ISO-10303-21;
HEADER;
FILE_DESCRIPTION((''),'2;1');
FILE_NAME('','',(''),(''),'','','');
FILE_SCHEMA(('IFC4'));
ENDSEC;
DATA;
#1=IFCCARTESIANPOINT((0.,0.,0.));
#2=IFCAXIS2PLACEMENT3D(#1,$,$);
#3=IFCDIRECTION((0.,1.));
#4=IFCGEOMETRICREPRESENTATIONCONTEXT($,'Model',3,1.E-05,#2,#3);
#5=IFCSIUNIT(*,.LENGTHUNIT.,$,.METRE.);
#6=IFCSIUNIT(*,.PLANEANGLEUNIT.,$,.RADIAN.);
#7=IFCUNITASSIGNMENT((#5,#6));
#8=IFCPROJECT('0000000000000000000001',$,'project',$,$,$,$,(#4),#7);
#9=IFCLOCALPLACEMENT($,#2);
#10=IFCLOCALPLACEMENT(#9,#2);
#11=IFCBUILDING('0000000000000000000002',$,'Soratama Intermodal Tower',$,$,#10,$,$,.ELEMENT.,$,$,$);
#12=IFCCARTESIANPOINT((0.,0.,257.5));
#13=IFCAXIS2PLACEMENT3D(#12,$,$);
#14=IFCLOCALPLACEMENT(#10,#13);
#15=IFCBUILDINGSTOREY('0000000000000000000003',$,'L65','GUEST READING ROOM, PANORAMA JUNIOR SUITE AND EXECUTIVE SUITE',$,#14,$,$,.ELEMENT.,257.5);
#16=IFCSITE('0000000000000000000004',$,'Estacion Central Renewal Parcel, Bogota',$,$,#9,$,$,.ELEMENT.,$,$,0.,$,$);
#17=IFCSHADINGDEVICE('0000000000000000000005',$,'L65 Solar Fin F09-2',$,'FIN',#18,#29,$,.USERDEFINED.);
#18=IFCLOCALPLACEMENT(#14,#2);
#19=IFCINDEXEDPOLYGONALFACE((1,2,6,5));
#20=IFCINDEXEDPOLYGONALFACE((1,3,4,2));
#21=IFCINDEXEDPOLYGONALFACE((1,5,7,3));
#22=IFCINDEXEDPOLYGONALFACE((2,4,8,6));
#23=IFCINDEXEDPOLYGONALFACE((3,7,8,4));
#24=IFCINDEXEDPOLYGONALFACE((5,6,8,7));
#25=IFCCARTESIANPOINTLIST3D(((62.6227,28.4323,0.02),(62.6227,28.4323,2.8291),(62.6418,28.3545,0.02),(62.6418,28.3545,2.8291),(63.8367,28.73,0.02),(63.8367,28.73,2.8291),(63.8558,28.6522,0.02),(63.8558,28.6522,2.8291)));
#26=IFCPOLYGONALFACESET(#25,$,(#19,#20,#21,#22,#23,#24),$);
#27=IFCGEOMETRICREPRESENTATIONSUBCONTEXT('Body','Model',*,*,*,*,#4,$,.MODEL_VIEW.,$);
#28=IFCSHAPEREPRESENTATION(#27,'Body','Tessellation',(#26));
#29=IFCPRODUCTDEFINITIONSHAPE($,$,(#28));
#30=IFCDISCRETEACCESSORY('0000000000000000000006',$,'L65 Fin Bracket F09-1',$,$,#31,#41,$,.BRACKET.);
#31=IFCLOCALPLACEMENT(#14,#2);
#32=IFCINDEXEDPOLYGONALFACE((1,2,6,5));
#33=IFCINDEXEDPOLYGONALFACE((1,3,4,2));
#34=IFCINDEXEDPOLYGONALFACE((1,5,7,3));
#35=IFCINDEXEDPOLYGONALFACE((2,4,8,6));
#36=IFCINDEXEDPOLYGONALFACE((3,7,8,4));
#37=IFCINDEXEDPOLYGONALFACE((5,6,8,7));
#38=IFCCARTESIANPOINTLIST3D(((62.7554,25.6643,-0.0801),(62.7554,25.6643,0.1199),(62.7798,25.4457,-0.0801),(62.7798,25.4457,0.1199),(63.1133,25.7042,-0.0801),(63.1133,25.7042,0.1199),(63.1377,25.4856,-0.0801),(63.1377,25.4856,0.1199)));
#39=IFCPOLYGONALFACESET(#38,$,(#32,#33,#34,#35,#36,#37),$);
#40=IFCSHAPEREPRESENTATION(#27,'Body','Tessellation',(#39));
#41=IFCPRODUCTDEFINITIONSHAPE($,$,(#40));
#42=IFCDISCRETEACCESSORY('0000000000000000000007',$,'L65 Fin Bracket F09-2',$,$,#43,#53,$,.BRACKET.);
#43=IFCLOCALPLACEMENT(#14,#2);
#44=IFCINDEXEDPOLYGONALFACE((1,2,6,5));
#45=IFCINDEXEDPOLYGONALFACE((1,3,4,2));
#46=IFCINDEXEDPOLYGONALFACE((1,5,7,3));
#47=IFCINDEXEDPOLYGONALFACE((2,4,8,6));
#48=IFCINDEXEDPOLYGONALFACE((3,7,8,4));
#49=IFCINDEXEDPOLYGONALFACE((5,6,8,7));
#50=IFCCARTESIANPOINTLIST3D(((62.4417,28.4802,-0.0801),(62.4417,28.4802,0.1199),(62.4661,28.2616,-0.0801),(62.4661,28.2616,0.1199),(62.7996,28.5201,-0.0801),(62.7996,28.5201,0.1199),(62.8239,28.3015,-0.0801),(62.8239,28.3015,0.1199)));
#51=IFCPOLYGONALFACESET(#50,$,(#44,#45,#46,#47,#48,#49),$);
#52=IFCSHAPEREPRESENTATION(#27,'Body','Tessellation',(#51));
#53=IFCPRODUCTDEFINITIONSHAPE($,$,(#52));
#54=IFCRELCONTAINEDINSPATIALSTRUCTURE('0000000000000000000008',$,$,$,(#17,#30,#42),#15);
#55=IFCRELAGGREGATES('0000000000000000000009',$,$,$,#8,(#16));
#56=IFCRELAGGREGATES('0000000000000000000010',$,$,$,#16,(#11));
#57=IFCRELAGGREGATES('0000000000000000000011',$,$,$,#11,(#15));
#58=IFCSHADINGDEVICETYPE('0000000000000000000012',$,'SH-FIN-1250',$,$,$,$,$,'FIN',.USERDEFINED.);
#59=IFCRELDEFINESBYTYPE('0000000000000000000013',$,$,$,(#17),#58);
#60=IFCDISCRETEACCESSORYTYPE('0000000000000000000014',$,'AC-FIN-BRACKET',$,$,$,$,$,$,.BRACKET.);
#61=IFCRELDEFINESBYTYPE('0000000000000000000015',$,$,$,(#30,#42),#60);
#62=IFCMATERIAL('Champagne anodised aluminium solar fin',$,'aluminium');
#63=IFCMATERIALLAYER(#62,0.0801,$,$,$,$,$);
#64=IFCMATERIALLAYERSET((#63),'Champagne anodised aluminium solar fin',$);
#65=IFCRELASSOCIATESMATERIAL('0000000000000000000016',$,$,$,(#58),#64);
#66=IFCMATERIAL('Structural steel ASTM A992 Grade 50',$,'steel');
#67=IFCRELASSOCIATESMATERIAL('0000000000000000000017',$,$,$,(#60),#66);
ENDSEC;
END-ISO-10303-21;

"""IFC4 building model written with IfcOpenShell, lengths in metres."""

from ifc_helpers import new_model, si_unit, direction, frame, origin, origin_2d, place, context, subcontext, project, spatial, rectangle, extrude, material, layer, layer_set, type_object, element, save


model = new_model("IFC4")

# Units and contexts
model_context = context("Model", 3, precision=1e-05, world=origin(), true_north=direction((0.0, 1.0)))
body_context = subcontext(model_context, "Body", "Model", "MODEL_VIEW")
ifc_project = project(units=[si_unit("LENGTHUNIT", "METRE"), si_unit("PLANEANGLEUNIT", "RADIAN")], contexts=[model_context])

# Site, building, storey
site_placement = place(None, origin())
site = spatial("IfcSite", under=ifc_project, at=site_placement, Name="Estacion Central Renewal Parcel, Bogota", CompositionType="ELEMENT", RefElevation=0.0)
building_placement = place(site_placement, origin())
building = spatial("IfcBuilding", under=site, at=building_placement, Name="Soratama Intermodal Tower", CompositionType="ELEMENT")
storey_placement = place(building_placement, frame((0.0, 0.0, 257.5)))
storey = spatial("IfcBuildingStorey", under=building, at=storey_placement, Name="L65", Description="GUEST READING ROOM, PANORAMA JUNIOR SUITE AND EXECUTIVE SUITE", CompositionType="ELEMENT", Elevation=257.5)

# Shading device
ifc_material_1 = material(Name="Champagne anodised aluminium solar fin", Category="aluminium")
ifc_layer_1 = layer(ifc_material_1, 0.0801)
ifc_layer_set_1 = layer_set([ifc_layer_1], Name="Champagne anodised aluminium solar fin")
shading_device_type = type_object("IfcShadingDeviceType", Name="SH-FIN-1250", ElementType="FIN", PredefinedType="USERDEFINED", material=ifc_layer_set_1)
for number, where, z_axis, x_axis, name in (
    (1, (63.2393, 28.5422, 0.02), (0.0, 0.0, 1.0), (0.971217, 0.238194, 0.0), "L65 Solar Fin F09-2"),
):
    element("IfcShadingDevice", number, at=place(storey_placement, frame(where, z_axis=z_axis, x_axis=x_axis)), inside=storey, type_object=shading_device_type, Name=name, ObjectType="FIN", PredefinedType="USERDEFINED", context=body_context, shape_type="SweptSolid", body=[
        extrude(rectangle(XDim=1.25, YDim=0.0801, at=origin_2d()), origin(), (0.0, 0.0, 1.0), 2.8091),
    ])

# Discrete accessories
ifc_material_2 = material(Name="Structural steel ASTM A992 Grade 50", Category="steel")
discrete_accessory_type = type_object("IfcDiscreteAccessoryType", Name="AC-FIN-BRACKET", PredefinedType="BRACKET", material=ifc_material_2)
for number, where, z_axis, x_axis, name in (
    (2, (62.9465, 25.575, -0.0801), (0.0, 0.0, 1.0), (0.993845, 0.110775, 0.0), "L65 Fin Bracket F09-1"),
    (3, (62.6328, 28.3909, -0.0801), (0.0, 0.0, 1.0), (0.993845, 0.110775, 0.0), "L65 Fin Bracket F09-2"),
):
    element("IfcDiscreteAccessory", number, at=place(storey_placement, frame(where, z_axis=z_axis, x_axis=x_axis)), inside=storey, type_object=discrete_accessory_type, Name=name, PredefinedType="BRACKET", context=body_context, shape_type="SweptSolid", body=[
        extrude(rectangle(XDim=0.3601, YDim=0.22, at=origin_2d()), origin(), (0.0, 0.0, 1.0), 0.2),
    ])

save(model, "model.ifc")
